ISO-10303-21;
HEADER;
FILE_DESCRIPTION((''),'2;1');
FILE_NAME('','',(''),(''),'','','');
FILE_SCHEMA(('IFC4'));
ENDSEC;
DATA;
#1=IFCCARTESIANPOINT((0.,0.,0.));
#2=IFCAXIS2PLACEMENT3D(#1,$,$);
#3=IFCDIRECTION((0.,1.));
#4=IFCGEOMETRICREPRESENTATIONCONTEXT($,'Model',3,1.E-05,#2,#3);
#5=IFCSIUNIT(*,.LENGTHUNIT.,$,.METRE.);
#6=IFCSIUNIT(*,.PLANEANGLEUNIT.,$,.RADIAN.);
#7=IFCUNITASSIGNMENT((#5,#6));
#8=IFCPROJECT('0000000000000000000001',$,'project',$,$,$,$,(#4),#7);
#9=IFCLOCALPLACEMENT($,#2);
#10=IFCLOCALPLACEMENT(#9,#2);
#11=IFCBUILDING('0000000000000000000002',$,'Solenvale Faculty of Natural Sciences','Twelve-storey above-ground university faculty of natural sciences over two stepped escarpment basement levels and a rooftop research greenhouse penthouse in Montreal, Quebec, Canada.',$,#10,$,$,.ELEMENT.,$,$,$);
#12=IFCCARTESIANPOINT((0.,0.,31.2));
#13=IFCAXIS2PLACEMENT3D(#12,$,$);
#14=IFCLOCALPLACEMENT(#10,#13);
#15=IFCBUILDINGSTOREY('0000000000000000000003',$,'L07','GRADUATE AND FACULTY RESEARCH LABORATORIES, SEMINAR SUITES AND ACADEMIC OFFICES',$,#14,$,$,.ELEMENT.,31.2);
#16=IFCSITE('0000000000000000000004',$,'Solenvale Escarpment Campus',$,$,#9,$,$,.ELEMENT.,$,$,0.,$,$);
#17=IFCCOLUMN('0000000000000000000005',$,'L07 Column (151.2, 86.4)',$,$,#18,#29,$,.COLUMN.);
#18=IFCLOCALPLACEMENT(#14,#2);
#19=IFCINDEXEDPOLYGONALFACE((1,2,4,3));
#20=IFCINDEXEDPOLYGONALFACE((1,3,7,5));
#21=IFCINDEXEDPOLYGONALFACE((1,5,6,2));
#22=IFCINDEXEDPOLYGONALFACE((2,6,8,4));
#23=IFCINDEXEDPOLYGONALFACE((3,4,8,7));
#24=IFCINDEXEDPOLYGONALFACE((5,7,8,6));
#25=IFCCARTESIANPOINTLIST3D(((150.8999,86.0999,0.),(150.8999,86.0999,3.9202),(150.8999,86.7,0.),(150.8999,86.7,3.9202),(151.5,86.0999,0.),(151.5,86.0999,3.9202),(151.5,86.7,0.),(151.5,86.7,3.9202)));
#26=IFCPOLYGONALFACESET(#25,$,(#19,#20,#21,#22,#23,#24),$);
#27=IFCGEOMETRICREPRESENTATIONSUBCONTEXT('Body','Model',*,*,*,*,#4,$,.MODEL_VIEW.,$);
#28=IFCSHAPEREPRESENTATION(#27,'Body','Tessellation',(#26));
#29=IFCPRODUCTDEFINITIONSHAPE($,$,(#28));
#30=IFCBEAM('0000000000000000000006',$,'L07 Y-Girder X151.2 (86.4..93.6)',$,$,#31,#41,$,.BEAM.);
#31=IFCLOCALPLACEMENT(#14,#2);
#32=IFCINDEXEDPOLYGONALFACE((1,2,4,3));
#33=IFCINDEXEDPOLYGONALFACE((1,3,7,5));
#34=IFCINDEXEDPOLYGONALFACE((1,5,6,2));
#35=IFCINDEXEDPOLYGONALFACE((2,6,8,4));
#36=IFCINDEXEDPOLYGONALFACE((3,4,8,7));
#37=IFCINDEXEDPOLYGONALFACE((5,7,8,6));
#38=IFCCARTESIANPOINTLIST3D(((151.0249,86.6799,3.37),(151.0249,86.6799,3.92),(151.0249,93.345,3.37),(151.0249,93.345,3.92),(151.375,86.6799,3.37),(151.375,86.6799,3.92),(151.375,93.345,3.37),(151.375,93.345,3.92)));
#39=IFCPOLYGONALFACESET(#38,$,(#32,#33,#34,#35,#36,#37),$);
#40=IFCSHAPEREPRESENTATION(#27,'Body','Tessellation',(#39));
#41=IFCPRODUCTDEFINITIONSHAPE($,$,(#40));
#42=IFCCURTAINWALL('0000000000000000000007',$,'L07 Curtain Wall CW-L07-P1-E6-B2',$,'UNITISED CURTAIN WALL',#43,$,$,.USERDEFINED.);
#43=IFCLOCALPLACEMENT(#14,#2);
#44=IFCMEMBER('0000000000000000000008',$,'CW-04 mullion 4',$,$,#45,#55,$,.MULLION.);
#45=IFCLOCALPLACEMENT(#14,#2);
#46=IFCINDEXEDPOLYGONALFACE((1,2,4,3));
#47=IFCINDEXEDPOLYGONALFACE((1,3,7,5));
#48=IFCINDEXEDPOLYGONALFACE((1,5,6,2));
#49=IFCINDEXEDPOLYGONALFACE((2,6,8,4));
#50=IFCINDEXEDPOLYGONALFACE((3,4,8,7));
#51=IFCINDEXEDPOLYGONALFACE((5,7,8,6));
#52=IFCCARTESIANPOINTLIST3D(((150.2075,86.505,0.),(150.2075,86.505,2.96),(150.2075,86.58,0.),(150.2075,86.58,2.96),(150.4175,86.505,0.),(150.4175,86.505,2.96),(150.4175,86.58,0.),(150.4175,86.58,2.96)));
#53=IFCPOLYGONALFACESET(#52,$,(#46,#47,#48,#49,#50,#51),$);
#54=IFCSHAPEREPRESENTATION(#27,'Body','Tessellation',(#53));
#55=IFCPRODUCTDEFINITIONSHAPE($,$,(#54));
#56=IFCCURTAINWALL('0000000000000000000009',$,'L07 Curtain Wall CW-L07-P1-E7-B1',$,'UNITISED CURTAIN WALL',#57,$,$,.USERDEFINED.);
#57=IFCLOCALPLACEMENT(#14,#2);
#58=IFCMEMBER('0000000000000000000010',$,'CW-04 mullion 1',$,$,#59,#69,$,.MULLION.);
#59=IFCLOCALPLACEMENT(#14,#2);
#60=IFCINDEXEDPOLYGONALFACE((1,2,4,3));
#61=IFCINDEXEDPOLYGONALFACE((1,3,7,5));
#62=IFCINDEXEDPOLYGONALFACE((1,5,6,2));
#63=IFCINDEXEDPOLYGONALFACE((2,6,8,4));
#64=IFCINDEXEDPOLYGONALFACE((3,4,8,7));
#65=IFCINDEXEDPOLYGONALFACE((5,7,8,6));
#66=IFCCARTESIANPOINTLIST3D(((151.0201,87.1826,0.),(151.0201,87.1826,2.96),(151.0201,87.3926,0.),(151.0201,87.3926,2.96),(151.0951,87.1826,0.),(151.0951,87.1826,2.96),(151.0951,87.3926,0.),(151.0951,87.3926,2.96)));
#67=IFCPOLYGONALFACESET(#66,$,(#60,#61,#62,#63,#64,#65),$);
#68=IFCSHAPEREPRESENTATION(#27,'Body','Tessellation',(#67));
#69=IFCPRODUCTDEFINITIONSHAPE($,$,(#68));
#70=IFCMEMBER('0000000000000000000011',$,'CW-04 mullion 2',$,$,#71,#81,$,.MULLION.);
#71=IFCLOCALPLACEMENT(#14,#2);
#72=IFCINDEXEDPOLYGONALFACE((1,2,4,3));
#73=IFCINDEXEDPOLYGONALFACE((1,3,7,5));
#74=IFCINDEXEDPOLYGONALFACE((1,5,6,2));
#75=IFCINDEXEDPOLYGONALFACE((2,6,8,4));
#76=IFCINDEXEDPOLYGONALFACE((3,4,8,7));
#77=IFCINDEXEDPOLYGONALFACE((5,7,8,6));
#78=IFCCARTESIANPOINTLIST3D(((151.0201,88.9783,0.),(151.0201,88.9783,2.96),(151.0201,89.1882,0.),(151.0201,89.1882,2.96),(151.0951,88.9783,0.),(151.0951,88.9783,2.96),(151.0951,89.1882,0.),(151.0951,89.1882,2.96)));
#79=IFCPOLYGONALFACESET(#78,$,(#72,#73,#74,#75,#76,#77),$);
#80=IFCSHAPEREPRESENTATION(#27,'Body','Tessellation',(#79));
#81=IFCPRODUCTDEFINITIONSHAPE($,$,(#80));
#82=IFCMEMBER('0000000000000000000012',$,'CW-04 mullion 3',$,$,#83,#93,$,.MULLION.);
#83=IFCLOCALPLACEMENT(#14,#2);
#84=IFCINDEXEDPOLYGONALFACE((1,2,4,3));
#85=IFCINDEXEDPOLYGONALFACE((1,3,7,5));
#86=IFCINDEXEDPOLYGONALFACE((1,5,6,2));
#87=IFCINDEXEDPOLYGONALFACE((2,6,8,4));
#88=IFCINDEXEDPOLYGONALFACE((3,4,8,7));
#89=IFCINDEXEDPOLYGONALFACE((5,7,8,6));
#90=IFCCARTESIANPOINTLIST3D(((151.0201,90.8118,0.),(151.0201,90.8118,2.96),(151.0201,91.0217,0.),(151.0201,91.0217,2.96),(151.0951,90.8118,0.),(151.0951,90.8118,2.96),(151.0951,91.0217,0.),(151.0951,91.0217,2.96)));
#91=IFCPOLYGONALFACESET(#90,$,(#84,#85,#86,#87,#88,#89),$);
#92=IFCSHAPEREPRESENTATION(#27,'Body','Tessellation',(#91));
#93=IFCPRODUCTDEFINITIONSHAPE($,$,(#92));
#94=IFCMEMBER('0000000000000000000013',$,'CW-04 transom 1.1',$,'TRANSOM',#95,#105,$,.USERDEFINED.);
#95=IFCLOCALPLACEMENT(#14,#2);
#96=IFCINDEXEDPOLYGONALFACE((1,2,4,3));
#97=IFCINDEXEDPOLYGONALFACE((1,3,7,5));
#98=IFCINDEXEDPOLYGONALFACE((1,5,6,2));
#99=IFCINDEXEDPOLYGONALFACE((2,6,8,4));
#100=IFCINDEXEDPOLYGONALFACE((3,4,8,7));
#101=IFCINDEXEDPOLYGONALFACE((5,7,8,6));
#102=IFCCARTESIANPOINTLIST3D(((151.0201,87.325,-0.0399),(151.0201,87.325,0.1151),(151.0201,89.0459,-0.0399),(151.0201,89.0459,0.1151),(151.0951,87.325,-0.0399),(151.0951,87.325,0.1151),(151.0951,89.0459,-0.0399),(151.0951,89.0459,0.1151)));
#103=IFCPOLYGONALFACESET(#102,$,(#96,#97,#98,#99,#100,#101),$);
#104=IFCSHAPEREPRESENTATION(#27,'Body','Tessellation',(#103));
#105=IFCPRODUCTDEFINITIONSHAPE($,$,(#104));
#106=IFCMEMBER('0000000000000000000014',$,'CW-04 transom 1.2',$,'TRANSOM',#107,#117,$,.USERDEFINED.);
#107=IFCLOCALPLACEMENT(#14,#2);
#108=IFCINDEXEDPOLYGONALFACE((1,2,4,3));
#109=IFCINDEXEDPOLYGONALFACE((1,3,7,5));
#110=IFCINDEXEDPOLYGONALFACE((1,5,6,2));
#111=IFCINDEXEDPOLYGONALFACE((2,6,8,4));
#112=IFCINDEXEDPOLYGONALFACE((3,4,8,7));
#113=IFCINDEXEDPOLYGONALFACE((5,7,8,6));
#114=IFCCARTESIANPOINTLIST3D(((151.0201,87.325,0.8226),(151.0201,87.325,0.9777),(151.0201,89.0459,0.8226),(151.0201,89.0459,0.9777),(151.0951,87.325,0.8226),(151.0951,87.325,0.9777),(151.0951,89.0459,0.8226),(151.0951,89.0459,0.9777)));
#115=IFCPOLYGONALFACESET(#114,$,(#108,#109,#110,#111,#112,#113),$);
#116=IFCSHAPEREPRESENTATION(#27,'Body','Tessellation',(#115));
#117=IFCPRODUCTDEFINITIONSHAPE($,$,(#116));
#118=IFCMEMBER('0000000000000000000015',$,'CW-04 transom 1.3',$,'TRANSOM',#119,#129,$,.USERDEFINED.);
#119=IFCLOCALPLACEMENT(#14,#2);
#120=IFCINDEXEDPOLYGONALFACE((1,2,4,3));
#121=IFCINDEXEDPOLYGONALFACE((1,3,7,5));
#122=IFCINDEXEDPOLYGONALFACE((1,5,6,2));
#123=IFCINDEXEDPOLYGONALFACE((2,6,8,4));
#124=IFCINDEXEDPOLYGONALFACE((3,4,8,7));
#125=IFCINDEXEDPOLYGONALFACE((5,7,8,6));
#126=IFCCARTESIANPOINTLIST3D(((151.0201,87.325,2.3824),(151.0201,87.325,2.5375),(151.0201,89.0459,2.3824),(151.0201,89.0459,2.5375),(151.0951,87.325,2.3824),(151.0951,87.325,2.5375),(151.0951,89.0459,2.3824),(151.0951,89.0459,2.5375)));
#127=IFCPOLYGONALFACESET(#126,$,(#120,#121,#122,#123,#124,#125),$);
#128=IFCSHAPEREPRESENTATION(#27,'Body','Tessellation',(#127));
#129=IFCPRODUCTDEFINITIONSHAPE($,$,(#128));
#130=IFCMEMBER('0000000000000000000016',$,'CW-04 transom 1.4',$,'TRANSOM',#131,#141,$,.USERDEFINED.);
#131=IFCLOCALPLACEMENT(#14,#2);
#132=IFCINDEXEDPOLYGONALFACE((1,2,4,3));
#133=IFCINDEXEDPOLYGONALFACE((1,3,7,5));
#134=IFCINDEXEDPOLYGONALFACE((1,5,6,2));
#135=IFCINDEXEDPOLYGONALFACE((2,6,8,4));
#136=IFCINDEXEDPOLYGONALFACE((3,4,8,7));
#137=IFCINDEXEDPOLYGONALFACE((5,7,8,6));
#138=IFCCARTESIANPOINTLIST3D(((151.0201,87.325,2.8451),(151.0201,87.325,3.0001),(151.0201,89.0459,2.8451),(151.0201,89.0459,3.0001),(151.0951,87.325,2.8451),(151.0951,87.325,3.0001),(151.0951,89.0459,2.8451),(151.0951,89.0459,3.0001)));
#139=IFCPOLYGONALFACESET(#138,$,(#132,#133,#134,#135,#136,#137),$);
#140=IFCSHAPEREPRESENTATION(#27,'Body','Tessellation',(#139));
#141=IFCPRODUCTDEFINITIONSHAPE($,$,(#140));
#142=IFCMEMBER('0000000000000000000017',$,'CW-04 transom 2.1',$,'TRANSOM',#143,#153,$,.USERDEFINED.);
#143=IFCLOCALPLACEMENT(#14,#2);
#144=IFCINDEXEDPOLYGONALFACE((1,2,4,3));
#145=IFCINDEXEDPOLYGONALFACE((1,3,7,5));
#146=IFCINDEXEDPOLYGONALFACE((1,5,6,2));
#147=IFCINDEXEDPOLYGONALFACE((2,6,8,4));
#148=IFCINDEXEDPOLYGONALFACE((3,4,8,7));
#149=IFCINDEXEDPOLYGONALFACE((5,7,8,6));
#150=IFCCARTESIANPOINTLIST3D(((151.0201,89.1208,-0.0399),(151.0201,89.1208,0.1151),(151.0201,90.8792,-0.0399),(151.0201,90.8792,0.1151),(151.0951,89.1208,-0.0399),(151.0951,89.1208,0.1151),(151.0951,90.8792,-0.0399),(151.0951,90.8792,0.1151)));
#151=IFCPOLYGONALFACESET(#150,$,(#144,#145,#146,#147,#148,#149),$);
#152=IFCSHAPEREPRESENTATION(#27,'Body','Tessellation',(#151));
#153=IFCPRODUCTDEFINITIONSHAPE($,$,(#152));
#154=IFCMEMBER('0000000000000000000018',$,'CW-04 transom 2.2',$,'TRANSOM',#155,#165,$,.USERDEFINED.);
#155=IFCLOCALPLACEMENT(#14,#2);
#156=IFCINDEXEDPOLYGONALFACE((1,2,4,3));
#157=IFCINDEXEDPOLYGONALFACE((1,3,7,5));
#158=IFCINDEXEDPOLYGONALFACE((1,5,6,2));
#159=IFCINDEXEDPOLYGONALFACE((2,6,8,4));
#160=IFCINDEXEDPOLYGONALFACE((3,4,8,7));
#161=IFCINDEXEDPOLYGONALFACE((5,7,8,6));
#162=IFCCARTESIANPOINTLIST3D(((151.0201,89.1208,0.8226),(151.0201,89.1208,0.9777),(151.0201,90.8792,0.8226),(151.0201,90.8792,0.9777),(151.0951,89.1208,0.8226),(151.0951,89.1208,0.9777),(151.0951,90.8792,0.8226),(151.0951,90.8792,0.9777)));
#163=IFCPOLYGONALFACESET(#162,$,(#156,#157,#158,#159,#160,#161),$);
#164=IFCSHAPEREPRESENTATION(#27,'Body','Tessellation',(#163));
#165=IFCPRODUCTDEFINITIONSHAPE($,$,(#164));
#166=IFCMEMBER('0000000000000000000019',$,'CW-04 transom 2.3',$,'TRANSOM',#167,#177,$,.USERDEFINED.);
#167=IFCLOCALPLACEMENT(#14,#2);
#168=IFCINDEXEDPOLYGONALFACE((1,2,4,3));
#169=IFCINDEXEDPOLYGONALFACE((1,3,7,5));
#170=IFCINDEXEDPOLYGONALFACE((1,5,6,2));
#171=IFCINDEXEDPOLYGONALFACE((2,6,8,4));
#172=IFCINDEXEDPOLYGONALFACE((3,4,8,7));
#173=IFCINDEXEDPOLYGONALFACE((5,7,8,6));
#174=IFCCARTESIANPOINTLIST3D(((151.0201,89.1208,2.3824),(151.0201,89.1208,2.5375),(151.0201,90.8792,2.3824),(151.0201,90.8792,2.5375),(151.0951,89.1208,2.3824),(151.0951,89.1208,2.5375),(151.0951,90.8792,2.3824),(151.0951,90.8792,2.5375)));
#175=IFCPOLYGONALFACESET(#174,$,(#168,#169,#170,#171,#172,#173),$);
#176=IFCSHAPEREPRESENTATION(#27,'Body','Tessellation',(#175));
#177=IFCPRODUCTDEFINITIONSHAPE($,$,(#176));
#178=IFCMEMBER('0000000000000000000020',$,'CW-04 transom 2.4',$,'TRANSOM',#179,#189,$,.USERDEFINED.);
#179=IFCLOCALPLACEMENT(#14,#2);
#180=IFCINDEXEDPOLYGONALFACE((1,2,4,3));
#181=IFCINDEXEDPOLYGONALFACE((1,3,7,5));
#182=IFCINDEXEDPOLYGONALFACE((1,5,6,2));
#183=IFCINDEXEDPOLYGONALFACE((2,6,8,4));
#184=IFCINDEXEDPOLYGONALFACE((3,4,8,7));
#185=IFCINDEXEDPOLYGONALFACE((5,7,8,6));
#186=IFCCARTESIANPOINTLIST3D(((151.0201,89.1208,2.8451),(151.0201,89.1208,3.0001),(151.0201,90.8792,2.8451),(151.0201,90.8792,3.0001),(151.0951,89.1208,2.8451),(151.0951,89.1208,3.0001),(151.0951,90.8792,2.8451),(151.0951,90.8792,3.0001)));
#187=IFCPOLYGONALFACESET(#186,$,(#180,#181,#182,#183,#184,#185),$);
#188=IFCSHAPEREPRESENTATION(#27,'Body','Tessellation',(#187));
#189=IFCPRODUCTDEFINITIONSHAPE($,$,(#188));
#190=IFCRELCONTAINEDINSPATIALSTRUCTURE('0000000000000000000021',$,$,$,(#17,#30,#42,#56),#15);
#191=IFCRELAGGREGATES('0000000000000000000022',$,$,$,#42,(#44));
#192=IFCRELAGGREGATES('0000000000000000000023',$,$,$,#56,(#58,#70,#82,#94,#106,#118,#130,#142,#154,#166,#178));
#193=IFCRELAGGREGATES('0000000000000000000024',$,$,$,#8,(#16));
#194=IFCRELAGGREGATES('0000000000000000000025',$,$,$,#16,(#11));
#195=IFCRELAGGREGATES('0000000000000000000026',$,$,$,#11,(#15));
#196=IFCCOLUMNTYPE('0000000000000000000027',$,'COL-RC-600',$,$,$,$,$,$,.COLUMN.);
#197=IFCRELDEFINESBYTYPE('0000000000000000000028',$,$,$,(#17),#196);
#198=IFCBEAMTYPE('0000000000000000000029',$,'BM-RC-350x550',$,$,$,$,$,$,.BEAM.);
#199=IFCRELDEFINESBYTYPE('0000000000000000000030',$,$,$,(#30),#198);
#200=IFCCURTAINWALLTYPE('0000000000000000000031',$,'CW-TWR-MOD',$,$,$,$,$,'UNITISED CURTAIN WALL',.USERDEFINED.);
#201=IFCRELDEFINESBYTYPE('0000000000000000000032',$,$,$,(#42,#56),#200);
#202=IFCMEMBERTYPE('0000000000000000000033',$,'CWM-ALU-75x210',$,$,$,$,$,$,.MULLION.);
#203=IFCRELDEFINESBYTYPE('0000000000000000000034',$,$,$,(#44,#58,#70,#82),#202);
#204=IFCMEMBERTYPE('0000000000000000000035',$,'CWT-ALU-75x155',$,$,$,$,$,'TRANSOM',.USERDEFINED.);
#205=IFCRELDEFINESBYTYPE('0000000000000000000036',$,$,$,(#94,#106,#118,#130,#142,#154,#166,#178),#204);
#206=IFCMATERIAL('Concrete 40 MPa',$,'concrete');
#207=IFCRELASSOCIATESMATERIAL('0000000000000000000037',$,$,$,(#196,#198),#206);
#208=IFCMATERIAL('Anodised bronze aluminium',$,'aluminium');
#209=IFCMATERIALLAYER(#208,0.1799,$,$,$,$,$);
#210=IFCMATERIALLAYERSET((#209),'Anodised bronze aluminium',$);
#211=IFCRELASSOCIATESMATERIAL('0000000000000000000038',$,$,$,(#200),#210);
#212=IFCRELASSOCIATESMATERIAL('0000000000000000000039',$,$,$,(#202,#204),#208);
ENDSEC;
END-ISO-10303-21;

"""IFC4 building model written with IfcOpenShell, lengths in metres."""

from ifc_helpers import new_model, si_unit, direction, frame, origin, origin_2d, place, context, subcontext, project, spatial, rectangle, extrude, material, layer, layer_set, material_profile, profile_set, type_object, element, aggregate, save


model = new_model("IFC4")

# Units and contexts
model_context = context("Model", 3, precision=1e-05, world=origin(), true_north=direction((0.0, 1.0)))
body_context = subcontext(model_context, "Body", "Model", "MODEL_VIEW")
ifc_project = project(units=[si_unit("LENGTHUNIT", "METRE"), si_unit("PLANEANGLEUNIT", "RADIAN")], contexts=[model_context])

# Site, building, storey
site_placement = place(None, origin())
site = spatial("IfcSite", under=ifc_project, at=site_placement, Name="Solenvale Escarpment Campus", CompositionType="ELEMENT", RefElevation=0.0)
building_placement = place(site_placement, origin())
building = spatial("IfcBuilding", under=site, at=building_placement, Name="Solenvale Faculty of Natural Sciences", Description="Twelve-storey above-ground university faculty of natural sciences over two stepped escarpment basement levels and a rooftop research greenhouse penthouse in Montreal, Quebec, Canada.", CompositionType="ELEMENT")
storey_placement = place(building_placement, frame((0.0, 0.0, 31.2)))
storey = spatial("IfcBuildingStorey", under=building, at=storey_placement, Name="L07", Description="GRADUATE AND FACULTY RESEARCH LABORATORIES, SEMINAR SUITES AND ACADEMIC OFFICES", CompositionType="ELEMENT", Elevation=31.2)

# Column
ifc_material_1 = material(Name="Concrete 40 MPa", Category="concrete")
ifc_material_profile_1 = material_profile(ifc_material_1, rectangle(XDim=0.6001, YDim=0.6001, at=origin_2d()), Name="RC-COL-600x600")
ifc_profile_set_1 = profile_set([ifc_material_profile_1], Name="Concrete 40 MPa")
column_type = type_object("IfcColumnType", Name="COL-RC-600", PredefinedType="COLUMN", material=ifc_profile_set_1)
column_placement = place(storey_placement, frame((151.2, 86.3999, 0.0), z_axis=(0.0, 0.0, 1.0), x_axis=(1.0, 0.0, 0.0)))
element("IfcColumn", 1, at=column_placement, inside=storey, type_object=column_type, Name="L07 Column (151.2, 86.4)", PredefinedType="COLUMN", context=body_context, shape_type="SweptSolid", body=[
    extrude(rectangle(XDim=0.6001, YDim=0.6001, at=origin_2d()), origin(), (0.0, 0.0, 1.0), 3.9202),
])

# Beam
ifc_material_profile_2 = material_profile(ifc_material_1, rectangle(XDim=0.3501, YDim=0.55, at=origin_2d()), Name="RC-BM-350x550")
ifc_profile_set_2 = profile_set([ifc_material_profile_2], Name="Concrete 40 MPa")
beam_type = type_object("IfcBeamType", Name="BM-RC-350x550", PredefinedType="BEAM", material=ifc_profile_set_2)
beam_placement = place(storey_placement, frame((151.2, 86.6799, 3.645), z_axis=(0.0, 1.0, 0.0), x_axis=(-1.0, 0.0, 0.0)))
element("IfcBeam", 2, at=beam_placement, inside=storey, type_object=beam_type, Name="L07 Y-Girder X151.2 (86.4..93.6)", PredefinedType="BEAM", context=body_context, shape_type="SweptSolid", body=[
    extrude(rectangle(XDim=0.3501, YDim=0.55, at=origin_2d()), origin(), (0.0, 0.0, 1.0), 6.665),
])

# Curtain wall, member
ifc_material_2 = material(Name="Anodised bronze aluminium", Category="aluminium")
ifc_layer_1 = layer(ifc_material_2, 0.1799)
ifc_layer_set_1 = layer_set([ifc_layer_1], Name="Anodised bronze aluminium")
curtain_wall_type = type_object("IfcCurtainWallType", Name="CW-TWR-MOD", ElementType="UNITISED CURTAIN WALL", PredefinedType="USERDEFINED", material=ifc_layer_set_1)
curtain_wall_1_placement = place(storey_placement, origin())
curtain_wall_1 = element("IfcCurtainWall", 3, at=curtain_wall_1_placement, inside=storey, type_object=curtain_wall_type, Name="L07 Curtain Wall CW-L07-P1-E6-B2", ObjectType="UNITISED CURTAIN WALL", PredefinedType="USERDEFINED")
ifc_material_profile_3 = material_profile(ifc_material_2, rectangle(XDim=0.075, YDim=0.21, at=origin_2d()), Name="ALU-MUL-75x210")
ifc_profile_set_3 = profile_set([ifc_material_profile_3], Name="Anodised bronze aluminium")
member_type_1 = type_object("IfcMemberType", Name="CWM-ALU-75x210", PredefinedType="MULLION", material=ifc_profile_set_3)
member_1_placement = place(storey_placement, frame((150.3125, 86.5425, 0.0), z_axis=(0.0, 0.0, 1.0), x_axis=(0.0, 1.0, 0.0)))
member_1 = element("IfcMember", 4, at=member_1_placement, type_object=member_type_1, Name="CW-04 mullion 4", PredefinedType="MULLION", context=body_context, shape_type="SweptSolid", body=[
    extrude(rectangle(XDim=0.075, YDim=0.21, at=origin_2d()), origin(), (0.0, 0.0, 1.0), 2.96),
])

# Curtain wall, members
curtain_wall_2_placement = place(storey_placement, origin())
curtain_wall_2 = element("IfcCurtainWall", 5, at=curtain_wall_2_placement, inside=storey, type_object=curtain_wall_type, Name="L07 Curtain Wall CW-L07-P1-E7-B1", ObjectType="UNITISED CURTAIN WALL", PredefinedType="USERDEFINED")
member_2_placement = place(storey_placement, frame((151.0576, 87.2876, 0.0), z_axis=(0.0, 0.0, 1.0), x_axis=(-1.0, 0.0, 0.0)))
member_2 = element("IfcMember", 6, at=member_2_placement, type_object=member_type_1, Name="CW-04 mullion 1", PredefinedType="MULLION", context=body_context, shape_type="SweptSolid", body=[
    extrude(rectangle(XDim=0.075, YDim=0.21, at=origin_2d()), origin(), (0.0, 0.0, 1.0), 2.96),
])
member_3_placement = place(storey_placement, frame((151.0576, 89.0833, 0.0), z_axis=(0.0, 0.0, 1.0), x_axis=(-1.0, 0.0, 0.0)))
member_3 = element("IfcMember", 7, at=member_3_placement, type_object=member_type_1, Name="CW-04 mullion 2", PredefinedType="MULLION", context=body_context, shape_type="SweptSolid", body=[
    extrude(rectangle(XDim=0.075, YDim=0.21, at=origin_2d()), origin(), (0.0, 0.0, 1.0), 2.96),
])
member_4_placement = place(storey_placement, frame((151.0576, 90.9167, 0.0), z_axis=(0.0, 0.0, 1.0), x_axis=(-1.0, 0.0, 0.0)))
member_4 = element("IfcMember", 8, at=member_4_placement, type_object=member_type_1, Name="CW-04 mullion 3", PredefinedType="MULLION", context=body_context, shape_type="SweptSolid", body=[
    extrude(rectangle(XDim=0.075, YDim=0.21, at=origin_2d()), origin(), (0.0, 0.0, 1.0), 2.96),
])
ifc_material_profile_4 = material_profile(ifc_material_2, rectangle(XDim=0.075, YDim=0.155, at=origin_2d()), Name="ALU-TRN-75x155")
ifc_profile_set_4 = profile_set([ifc_material_profile_4], Name="Anodised bronze aluminium")
member_type_2 = type_object("IfcMemberType", Name="CWT-ALU-75x155", ElementType="TRANSOM", PredefinedType="USERDEFINED", material=ifc_profile_set_4)
member_5_placement = place(storey_placement, frame((151.0576, 87.325, 0.0376), z_axis=(0.0, 1.0, 0.0), x_axis=(-1.0, 0.0, 0.0)))
member_5 = element("IfcMember", 9, at=member_5_placement, type_object=member_type_2, Name="CW-04 transom 1.1", ObjectType="TRANSOM", PredefinedType="USERDEFINED", context=body_context, shape_type="SweptSolid", body=[
    extrude(rectangle(XDim=0.075, YDim=0.155, at=origin_2d()), origin(), (0.0, 0.0, 1.0), 1.7209),
])
member_6_placement = place(storey_placement, frame((151.0576, 87.325, 0.9001), z_axis=(0.0, 1.0, 0.0), x_axis=(-1.0, 0.0, 0.0)))
member_6 = element("IfcMember", 10, at=member_6_placement, type_object=member_type_2, Name="CW-04 transom 1.2", ObjectType="TRANSOM", PredefinedType="USERDEFINED", context=body_context, shape_type="SweptSolid", body=[
    extrude(rectangle(XDim=0.075, YDim=0.155, at=origin_2d()), origin(), (0.0, 0.0, 1.0), 1.7209),
])
member_7_placement = place(storey_placement, frame((151.0576, 87.325, 2.46), z_axis=(0.0, 1.0, 0.0), x_axis=(-1.0, 0.0, 0.0)))
member_7 = element("IfcMember", 11, at=member_7_placement, type_object=member_type_2, Name="CW-04 transom 1.3", ObjectType="TRANSOM", PredefinedType="USERDEFINED", context=body_context, shape_type="SweptSolid", body=[
    extrude(rectangle(XDim=0.075, YDim=0.155, at=origin_2d()), origin(), (0.0, 0.0, 1.0), 1.7209),
])
member_8_placement = place(storey_placement, frame((151.0576, 87.325, 2.9226), z_axis=(0.0, 1.0, 0.0), x_axis=(-1.0, 0.0, 0.0)))
member_8 = element("IfcMember", 12, at=member_8_placement, type_object=member_type_2, Name="CW-04 transom 1.4", ObjectType="TRANSOM", PredefinedType="USERDEFINED", context=body_context, shape_type="SweptSolid", body=[
    extrude(rectangle(XDim=0.075, YDim=0.155, at=origin_2d()), origin(), (0.0, 0.0, 1.0), 1.7209),
])
member_9_placement = place(storey_placement, frame((151.0576, 89.1208, 0.0376), z_axis=(0.0, 1.0, 0.0), x_axis=(-1.0, 0.0, 0.0)))
member_9 = element("IfcMember", 13, at=member_9_placement, type_object=member_type_2, Name="CW-04 transom 2.1", ObjectType="TRANSOM", PredefinedType="USERDEFINED", context=body_context, shape_type="SweptSolid", body=[
    extrude(rectangle(XDim=0.075, YDim=0.155, at=origin_2d()), origin(), (0.0, 0.0, 1.0), 1.7583),
])
member_10_placement = place(storey_placement, frame((151.0576, 89.1208, 0.9001), z_axis=(0.0, 1.0, 0.0), x_axis=(-1.0, 0.0, 0.0)))
member_10 = element("IfcMember", 14, at=member_10_placement, type_object=member_type_2, Name="CW-04 transom 2.2", ObjectType="TRANSOM", PredefinedType="USERDEFINED", context=body_context, shape_type="SweptSolid", body=[
    extrude(rectangle(XDim=0.075, YDim=0.155, at=origin_2d()), origin(), (0.0, 0.0, 1.0), 1.7583),
])
member_11_placement = place(storey_placement, frame((151.0576, 89.1208, 2.46), z_axis=(0.0, 1.0, 0.0), x_axis=(-1.0, 0.0, 0.0)))
member_11 = element("IfcMember", 15, at=member_11_placement, type_object=member_type_2, Name="CW-04 transom 2.3", ObjectType="TRANSOM", PredefinedType="USERDEFINED", context=body_context, shape_type="SweptSolid", body=[
    extrude(rectangle(XDim=0.075, YDim=0.155, at=origin_2d()), origin(), (0.0, 0.0, 1.0), 1.7583),
])
member_12_placement = place(storey_placement, frame((151.0576, 89.1208, 2.9226), z_axis=(0.0, 1.0, 0.0), x_axis=(-1.0, 0.0, 0.0)))
member_12 = element("IfcMember", 16, at=member_12_placement, type_object=member_type_2, Name="CW-04 transom 2.4", ObjectType="TRANSOM", PredefinedType="USERDEFINED", context=body_context, shape_type="SweptSolid", body=[
    extrude(rectangle(XDim=0.075, YDim=0.155, at=origin_2d()), origin(), (0.0, 0.0, 1.0), 1.7583),
])

aggregate(curtain_wall_1, [member_1])
aggregate(curtain_wall_2, [member_2, member_3, member_4, member_5, member_6, member_7, member_8, member_9, member_10, member_11, member_12])

save(model, "model.ifc")
